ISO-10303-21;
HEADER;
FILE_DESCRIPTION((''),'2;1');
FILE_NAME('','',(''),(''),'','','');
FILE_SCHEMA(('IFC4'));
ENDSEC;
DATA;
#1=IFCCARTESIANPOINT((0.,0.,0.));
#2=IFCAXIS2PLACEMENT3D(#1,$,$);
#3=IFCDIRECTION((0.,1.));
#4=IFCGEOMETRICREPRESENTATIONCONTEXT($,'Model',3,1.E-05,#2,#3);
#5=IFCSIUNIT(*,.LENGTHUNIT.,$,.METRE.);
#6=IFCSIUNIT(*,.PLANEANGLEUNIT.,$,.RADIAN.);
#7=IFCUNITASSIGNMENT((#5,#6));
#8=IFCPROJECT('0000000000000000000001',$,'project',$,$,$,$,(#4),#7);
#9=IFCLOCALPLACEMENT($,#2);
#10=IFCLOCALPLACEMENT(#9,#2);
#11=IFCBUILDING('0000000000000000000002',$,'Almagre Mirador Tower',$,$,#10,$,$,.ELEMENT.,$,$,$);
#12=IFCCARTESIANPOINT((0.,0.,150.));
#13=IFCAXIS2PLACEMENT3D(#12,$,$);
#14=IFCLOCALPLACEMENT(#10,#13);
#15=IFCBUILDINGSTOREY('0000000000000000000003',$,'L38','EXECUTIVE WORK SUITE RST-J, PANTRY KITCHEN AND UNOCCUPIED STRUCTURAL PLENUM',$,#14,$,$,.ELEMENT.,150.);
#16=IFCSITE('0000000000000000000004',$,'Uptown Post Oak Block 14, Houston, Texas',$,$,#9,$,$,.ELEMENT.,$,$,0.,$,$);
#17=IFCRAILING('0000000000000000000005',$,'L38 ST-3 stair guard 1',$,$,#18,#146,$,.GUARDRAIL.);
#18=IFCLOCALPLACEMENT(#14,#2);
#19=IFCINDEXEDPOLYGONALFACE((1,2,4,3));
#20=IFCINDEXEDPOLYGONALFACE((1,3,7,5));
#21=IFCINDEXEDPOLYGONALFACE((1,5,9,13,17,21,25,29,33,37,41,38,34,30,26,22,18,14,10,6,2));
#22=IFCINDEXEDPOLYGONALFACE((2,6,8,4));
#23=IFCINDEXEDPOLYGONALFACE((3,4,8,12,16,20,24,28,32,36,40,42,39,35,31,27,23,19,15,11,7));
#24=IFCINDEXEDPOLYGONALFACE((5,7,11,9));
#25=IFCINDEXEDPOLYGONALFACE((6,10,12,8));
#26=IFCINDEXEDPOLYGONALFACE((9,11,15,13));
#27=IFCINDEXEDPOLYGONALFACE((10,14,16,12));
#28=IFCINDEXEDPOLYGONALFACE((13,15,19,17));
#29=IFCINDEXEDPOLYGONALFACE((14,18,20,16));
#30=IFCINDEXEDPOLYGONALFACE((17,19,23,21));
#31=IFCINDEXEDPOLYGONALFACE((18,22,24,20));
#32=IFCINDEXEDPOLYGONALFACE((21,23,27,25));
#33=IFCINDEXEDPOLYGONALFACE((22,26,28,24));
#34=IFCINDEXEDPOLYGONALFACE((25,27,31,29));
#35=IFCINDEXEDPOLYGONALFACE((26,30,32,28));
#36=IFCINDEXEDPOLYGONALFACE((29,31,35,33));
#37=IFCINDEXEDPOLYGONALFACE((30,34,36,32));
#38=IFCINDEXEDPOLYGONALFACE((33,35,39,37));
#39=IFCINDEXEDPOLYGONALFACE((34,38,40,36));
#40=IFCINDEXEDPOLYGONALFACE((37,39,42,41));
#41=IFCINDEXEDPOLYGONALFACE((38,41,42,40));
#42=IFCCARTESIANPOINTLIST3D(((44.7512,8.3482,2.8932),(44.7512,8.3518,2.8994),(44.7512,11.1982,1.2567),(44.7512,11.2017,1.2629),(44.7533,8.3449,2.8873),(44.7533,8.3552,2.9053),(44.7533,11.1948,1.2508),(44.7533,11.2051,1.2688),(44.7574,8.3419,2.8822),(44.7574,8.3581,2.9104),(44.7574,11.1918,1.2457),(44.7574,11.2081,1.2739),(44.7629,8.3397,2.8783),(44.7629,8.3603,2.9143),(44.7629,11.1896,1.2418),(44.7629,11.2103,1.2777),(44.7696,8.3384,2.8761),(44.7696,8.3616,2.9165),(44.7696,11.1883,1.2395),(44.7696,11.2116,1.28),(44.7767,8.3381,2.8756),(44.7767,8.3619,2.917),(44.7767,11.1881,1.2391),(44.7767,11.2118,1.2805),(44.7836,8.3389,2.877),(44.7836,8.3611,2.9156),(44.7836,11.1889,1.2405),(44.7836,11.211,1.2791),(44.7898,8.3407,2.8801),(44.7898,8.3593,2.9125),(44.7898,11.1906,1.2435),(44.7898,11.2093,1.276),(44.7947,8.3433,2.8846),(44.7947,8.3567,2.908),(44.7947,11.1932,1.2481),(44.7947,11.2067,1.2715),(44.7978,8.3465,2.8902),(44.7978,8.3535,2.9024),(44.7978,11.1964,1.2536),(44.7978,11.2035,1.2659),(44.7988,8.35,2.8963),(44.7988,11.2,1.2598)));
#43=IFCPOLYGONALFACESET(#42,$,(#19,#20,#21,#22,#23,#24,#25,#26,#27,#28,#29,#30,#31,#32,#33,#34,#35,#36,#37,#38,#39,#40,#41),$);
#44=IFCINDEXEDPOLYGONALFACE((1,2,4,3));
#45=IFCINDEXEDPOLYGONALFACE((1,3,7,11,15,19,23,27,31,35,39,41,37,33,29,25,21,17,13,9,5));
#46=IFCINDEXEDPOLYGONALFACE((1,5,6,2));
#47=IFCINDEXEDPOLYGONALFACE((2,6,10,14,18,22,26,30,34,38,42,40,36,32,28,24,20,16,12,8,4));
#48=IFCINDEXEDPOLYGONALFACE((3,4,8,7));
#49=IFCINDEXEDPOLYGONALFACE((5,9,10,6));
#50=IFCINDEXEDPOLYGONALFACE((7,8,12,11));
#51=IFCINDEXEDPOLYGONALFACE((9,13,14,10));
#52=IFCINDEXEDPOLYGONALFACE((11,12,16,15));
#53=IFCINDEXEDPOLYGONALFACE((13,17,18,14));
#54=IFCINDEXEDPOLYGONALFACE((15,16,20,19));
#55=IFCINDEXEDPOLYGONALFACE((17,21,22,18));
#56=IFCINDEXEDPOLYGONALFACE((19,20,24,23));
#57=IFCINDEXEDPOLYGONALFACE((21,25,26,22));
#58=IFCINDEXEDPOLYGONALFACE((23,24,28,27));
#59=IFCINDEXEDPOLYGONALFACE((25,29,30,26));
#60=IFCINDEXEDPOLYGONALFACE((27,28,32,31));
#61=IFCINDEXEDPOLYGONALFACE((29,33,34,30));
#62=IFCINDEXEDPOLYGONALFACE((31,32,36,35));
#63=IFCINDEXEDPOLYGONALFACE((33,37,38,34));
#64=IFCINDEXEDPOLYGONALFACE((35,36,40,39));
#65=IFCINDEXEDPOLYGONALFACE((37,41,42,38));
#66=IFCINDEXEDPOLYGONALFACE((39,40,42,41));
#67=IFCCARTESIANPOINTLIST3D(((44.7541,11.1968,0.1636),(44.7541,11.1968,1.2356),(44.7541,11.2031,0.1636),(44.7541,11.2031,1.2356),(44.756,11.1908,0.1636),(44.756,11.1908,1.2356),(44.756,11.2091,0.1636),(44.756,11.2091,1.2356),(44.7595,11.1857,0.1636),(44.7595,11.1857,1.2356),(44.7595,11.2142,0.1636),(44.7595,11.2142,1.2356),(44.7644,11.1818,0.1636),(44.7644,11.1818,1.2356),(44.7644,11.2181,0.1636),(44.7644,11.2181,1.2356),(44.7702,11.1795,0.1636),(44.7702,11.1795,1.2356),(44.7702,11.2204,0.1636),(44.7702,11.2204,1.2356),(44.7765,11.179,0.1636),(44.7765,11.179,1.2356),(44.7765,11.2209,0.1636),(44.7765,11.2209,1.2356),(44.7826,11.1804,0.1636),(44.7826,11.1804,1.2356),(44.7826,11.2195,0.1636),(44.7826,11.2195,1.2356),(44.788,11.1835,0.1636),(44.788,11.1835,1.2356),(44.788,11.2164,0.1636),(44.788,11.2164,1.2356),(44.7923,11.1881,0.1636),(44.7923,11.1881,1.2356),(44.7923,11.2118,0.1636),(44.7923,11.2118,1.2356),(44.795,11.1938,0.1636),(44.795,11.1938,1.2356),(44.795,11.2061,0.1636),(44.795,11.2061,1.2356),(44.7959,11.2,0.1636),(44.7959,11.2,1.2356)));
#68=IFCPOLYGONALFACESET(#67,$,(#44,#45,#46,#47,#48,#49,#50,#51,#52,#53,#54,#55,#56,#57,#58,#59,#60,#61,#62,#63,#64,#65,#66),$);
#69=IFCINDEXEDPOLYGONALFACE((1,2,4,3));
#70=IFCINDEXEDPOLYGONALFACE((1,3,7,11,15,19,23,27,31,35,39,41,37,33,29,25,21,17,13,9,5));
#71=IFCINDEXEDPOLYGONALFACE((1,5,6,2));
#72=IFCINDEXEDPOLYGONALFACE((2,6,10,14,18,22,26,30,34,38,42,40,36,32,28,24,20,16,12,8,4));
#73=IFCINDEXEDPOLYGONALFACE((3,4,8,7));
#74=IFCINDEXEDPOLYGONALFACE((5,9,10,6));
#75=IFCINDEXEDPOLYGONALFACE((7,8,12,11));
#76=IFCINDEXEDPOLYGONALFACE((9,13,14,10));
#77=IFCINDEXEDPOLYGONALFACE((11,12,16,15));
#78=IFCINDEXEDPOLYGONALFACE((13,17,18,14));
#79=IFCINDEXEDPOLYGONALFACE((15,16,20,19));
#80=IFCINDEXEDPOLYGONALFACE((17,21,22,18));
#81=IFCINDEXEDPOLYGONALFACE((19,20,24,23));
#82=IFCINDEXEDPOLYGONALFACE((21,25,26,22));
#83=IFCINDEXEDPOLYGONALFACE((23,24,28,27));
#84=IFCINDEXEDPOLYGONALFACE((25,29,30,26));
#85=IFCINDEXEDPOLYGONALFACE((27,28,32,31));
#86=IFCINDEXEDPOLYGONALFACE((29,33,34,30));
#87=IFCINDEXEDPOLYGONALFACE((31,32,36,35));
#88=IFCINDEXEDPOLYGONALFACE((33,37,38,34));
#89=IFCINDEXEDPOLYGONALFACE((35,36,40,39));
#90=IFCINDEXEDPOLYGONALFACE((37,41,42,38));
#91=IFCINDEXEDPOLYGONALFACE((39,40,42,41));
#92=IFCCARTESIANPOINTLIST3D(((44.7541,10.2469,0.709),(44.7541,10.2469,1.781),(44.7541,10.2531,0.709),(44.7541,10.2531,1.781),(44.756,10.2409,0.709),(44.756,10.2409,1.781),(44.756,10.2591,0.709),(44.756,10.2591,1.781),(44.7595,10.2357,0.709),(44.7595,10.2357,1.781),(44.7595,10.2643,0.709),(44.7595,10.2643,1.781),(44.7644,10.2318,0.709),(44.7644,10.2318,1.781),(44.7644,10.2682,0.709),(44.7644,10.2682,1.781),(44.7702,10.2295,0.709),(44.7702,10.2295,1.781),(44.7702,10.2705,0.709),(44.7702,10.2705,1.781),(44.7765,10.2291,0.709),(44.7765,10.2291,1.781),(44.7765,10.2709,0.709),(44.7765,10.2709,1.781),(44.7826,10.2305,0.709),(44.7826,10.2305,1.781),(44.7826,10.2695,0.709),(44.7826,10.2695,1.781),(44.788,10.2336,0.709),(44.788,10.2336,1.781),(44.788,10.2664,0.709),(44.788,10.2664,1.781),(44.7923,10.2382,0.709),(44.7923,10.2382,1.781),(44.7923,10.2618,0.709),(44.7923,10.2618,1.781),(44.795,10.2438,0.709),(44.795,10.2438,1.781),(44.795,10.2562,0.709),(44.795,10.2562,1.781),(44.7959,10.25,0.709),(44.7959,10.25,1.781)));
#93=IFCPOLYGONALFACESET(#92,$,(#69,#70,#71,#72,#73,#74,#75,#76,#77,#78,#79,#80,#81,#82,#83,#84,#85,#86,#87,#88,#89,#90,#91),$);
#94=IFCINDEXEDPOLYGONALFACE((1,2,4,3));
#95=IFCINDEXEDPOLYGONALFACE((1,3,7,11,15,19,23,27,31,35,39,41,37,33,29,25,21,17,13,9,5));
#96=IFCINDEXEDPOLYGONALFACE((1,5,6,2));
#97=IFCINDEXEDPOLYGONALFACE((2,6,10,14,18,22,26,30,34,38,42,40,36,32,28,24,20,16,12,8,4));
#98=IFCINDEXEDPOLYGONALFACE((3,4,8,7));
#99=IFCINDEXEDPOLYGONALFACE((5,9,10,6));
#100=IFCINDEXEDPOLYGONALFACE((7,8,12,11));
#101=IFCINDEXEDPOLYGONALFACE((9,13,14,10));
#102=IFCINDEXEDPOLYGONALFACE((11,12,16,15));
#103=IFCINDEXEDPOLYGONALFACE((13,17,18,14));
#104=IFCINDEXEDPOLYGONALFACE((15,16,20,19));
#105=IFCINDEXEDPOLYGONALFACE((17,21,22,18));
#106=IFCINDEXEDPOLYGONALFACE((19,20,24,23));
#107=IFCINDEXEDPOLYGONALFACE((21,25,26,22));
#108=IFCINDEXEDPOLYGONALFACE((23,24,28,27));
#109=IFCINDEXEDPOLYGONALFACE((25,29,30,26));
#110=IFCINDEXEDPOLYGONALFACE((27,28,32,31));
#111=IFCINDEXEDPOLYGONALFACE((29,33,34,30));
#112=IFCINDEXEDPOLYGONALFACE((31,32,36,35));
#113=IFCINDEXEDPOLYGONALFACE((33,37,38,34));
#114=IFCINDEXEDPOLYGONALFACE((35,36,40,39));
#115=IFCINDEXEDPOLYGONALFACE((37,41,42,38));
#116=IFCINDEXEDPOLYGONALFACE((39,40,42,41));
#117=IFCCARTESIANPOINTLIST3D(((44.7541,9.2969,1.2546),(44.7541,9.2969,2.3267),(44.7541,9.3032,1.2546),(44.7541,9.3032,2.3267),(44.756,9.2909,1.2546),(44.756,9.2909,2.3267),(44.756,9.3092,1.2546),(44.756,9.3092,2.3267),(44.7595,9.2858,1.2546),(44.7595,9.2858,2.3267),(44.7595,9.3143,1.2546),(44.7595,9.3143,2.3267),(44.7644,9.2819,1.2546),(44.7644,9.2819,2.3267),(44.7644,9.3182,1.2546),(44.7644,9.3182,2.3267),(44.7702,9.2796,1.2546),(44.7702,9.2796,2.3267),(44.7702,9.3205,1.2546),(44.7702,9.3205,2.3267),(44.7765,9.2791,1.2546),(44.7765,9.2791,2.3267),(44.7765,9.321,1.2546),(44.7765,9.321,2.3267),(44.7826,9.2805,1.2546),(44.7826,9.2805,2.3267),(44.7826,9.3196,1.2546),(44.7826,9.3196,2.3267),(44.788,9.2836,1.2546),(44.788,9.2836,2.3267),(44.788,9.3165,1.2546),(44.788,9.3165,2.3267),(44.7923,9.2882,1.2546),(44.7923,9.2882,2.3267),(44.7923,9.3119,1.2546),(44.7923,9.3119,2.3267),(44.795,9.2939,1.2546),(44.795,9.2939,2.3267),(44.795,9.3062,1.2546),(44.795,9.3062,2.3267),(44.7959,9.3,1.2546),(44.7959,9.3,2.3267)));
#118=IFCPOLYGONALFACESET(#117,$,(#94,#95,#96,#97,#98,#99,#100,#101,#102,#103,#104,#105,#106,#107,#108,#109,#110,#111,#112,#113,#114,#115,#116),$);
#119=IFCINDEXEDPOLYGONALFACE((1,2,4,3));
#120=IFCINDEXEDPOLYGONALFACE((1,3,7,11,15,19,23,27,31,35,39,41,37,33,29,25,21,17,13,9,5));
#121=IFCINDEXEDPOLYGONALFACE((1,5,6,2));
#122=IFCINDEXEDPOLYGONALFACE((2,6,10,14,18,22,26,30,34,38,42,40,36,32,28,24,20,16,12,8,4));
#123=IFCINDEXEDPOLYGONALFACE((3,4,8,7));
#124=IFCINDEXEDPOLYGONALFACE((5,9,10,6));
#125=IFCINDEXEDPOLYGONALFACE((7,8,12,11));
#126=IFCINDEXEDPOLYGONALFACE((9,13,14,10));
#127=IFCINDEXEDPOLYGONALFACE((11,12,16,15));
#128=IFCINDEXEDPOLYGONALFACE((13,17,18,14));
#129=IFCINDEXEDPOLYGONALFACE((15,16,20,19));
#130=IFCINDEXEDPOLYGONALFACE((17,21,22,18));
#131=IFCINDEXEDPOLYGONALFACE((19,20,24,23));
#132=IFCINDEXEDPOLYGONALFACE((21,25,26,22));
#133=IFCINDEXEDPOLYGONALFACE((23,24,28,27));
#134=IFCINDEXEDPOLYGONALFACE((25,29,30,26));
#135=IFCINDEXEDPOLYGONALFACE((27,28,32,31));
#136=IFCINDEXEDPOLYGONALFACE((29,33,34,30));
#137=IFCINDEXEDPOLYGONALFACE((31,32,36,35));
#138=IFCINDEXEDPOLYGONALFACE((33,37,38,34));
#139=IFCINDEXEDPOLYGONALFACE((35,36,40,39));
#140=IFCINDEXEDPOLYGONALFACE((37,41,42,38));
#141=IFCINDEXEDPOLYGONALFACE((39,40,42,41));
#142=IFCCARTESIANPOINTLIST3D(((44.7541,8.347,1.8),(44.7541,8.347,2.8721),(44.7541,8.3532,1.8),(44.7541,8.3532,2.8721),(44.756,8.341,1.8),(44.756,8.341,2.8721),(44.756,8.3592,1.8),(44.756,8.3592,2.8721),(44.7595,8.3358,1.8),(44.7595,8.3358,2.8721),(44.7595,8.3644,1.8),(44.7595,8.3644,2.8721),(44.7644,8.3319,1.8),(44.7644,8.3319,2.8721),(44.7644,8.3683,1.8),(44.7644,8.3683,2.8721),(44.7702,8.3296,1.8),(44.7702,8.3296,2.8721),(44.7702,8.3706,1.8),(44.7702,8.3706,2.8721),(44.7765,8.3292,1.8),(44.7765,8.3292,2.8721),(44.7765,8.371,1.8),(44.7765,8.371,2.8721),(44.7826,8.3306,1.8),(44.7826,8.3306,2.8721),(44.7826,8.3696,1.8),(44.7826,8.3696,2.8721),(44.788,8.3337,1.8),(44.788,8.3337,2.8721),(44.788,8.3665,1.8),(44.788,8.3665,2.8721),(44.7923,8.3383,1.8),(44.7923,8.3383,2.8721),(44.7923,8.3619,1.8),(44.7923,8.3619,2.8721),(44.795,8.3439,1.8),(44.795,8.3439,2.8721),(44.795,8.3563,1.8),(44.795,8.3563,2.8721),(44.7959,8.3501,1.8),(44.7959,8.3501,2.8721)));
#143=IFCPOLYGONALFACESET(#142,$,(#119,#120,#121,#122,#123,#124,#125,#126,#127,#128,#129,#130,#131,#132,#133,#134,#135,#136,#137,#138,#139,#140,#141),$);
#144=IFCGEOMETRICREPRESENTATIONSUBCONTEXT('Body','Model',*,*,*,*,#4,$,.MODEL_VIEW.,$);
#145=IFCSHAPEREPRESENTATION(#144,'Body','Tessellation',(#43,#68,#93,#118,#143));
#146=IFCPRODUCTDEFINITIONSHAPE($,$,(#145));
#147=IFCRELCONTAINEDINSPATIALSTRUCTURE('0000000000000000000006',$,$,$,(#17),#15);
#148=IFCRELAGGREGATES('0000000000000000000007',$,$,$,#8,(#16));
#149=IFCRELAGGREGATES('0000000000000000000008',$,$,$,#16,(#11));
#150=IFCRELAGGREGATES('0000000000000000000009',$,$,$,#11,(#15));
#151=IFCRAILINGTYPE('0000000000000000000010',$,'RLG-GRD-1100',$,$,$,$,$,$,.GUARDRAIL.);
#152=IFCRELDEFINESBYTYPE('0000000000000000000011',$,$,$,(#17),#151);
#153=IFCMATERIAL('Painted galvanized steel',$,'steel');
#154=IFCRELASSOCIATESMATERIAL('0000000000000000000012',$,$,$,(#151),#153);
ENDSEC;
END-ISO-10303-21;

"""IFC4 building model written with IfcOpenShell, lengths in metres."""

from ifc_helpers import new_model, si_unit, direction, frame, origin, origin_2d, place, context, subcontext, project, spatial, circle, extrude, material, type_object, element, save


model = new_model("IFC4")

# Units and contexts
model_context = context("Model", 3, precision=1e-05, world=origin(), true_north=direction((0.0, 1.0)))
body_context = subcontext(model_context, "Body", "Model", "MODEL_VIEW")
ifc_project = project(units=[si_unit("LENGTHUNIT", "METRE"), si_unit("PLANEANGLEUNIT", "RADIAN")], contexts=[model_context])

# Site, building, storey
site_placement = place(None, origin())
site = spatial("IfcSite", under=ifc_project, at=site_placement, Name="Uptown Post Oak Block 14, Houston, Texas", CompositionType="ELEMENT", RefElevation=0.0)
building_placement = place(site_placement, origin())
building = spatial("IfcBuilding", under=site, at=building_placement, Name="Almagre Mirador Tower", CompositionType="ELEMENT")
storey_placement = place(building_placement, frame((0.0, 0.0, 150.0)))
storey = spatial("IfcBuildingStorey", under=building, at=storey_placement, Name="L38", Description="EXECUTIVE WORK SUITE RST-J, PANTRY KITCHEN AND UNOCCUPIED STRUCTURAL PLENUM", CompositionType="ELEMENT", Elevation=150.0)

# Railing
ifc_material_1 = material(Name="Painted galvanized steel", Category="steel")
railing_type_1 = type_object("IfcRailingType", Name="RLG-GRD-1100", PredefinedType="GUARDRAIL", material=ifc_material_1)
railing_1_placement = place(storey_placement, frame((44.7749, 11.2, 0.1636)))
element("IfcRailing", 1, at=railing_1_placement, inside=storey, type_object=railing_type_1, Name="L38 ST-3 stair guard 1", PredefinedType="GUARDRAIL", context=body_context, shape_type="SweptSolid", body=[
    extrude(circle(Radius=0.0239, at=origin_2d()), frame((0.0, 0.0, 1.0962), z_axis=(0.0, -0.867194, 0.49797), x_axis=(1.0, 0.0, 0.0)), (0.0, 0.0, 1.0), 3.2864),
    extrude(circle(Radius=0.021, at=origin_2d()), origin(), (0.0, 0.0, 1.0), 1.072),
    extrude(circle(Radius=0.021, at=origin_2d()), frame((0.0, -0.95, 0.5454)), (0.0, 0.0, 1.0), 1.072),
    extrude(circle(Radius=0.021, at=origin_2d()), frame((0.0, -1.8999, 1.0911)), (0.0, 0.0, 1.0), 1.072),
    extrude(circle(Radius=0.021, at=origin_2d()), frame((0.0, -2.8499, 1.6365)), (0.0, 0.0, 1.0), 1.072),
])

save(model, "model.ifc")
